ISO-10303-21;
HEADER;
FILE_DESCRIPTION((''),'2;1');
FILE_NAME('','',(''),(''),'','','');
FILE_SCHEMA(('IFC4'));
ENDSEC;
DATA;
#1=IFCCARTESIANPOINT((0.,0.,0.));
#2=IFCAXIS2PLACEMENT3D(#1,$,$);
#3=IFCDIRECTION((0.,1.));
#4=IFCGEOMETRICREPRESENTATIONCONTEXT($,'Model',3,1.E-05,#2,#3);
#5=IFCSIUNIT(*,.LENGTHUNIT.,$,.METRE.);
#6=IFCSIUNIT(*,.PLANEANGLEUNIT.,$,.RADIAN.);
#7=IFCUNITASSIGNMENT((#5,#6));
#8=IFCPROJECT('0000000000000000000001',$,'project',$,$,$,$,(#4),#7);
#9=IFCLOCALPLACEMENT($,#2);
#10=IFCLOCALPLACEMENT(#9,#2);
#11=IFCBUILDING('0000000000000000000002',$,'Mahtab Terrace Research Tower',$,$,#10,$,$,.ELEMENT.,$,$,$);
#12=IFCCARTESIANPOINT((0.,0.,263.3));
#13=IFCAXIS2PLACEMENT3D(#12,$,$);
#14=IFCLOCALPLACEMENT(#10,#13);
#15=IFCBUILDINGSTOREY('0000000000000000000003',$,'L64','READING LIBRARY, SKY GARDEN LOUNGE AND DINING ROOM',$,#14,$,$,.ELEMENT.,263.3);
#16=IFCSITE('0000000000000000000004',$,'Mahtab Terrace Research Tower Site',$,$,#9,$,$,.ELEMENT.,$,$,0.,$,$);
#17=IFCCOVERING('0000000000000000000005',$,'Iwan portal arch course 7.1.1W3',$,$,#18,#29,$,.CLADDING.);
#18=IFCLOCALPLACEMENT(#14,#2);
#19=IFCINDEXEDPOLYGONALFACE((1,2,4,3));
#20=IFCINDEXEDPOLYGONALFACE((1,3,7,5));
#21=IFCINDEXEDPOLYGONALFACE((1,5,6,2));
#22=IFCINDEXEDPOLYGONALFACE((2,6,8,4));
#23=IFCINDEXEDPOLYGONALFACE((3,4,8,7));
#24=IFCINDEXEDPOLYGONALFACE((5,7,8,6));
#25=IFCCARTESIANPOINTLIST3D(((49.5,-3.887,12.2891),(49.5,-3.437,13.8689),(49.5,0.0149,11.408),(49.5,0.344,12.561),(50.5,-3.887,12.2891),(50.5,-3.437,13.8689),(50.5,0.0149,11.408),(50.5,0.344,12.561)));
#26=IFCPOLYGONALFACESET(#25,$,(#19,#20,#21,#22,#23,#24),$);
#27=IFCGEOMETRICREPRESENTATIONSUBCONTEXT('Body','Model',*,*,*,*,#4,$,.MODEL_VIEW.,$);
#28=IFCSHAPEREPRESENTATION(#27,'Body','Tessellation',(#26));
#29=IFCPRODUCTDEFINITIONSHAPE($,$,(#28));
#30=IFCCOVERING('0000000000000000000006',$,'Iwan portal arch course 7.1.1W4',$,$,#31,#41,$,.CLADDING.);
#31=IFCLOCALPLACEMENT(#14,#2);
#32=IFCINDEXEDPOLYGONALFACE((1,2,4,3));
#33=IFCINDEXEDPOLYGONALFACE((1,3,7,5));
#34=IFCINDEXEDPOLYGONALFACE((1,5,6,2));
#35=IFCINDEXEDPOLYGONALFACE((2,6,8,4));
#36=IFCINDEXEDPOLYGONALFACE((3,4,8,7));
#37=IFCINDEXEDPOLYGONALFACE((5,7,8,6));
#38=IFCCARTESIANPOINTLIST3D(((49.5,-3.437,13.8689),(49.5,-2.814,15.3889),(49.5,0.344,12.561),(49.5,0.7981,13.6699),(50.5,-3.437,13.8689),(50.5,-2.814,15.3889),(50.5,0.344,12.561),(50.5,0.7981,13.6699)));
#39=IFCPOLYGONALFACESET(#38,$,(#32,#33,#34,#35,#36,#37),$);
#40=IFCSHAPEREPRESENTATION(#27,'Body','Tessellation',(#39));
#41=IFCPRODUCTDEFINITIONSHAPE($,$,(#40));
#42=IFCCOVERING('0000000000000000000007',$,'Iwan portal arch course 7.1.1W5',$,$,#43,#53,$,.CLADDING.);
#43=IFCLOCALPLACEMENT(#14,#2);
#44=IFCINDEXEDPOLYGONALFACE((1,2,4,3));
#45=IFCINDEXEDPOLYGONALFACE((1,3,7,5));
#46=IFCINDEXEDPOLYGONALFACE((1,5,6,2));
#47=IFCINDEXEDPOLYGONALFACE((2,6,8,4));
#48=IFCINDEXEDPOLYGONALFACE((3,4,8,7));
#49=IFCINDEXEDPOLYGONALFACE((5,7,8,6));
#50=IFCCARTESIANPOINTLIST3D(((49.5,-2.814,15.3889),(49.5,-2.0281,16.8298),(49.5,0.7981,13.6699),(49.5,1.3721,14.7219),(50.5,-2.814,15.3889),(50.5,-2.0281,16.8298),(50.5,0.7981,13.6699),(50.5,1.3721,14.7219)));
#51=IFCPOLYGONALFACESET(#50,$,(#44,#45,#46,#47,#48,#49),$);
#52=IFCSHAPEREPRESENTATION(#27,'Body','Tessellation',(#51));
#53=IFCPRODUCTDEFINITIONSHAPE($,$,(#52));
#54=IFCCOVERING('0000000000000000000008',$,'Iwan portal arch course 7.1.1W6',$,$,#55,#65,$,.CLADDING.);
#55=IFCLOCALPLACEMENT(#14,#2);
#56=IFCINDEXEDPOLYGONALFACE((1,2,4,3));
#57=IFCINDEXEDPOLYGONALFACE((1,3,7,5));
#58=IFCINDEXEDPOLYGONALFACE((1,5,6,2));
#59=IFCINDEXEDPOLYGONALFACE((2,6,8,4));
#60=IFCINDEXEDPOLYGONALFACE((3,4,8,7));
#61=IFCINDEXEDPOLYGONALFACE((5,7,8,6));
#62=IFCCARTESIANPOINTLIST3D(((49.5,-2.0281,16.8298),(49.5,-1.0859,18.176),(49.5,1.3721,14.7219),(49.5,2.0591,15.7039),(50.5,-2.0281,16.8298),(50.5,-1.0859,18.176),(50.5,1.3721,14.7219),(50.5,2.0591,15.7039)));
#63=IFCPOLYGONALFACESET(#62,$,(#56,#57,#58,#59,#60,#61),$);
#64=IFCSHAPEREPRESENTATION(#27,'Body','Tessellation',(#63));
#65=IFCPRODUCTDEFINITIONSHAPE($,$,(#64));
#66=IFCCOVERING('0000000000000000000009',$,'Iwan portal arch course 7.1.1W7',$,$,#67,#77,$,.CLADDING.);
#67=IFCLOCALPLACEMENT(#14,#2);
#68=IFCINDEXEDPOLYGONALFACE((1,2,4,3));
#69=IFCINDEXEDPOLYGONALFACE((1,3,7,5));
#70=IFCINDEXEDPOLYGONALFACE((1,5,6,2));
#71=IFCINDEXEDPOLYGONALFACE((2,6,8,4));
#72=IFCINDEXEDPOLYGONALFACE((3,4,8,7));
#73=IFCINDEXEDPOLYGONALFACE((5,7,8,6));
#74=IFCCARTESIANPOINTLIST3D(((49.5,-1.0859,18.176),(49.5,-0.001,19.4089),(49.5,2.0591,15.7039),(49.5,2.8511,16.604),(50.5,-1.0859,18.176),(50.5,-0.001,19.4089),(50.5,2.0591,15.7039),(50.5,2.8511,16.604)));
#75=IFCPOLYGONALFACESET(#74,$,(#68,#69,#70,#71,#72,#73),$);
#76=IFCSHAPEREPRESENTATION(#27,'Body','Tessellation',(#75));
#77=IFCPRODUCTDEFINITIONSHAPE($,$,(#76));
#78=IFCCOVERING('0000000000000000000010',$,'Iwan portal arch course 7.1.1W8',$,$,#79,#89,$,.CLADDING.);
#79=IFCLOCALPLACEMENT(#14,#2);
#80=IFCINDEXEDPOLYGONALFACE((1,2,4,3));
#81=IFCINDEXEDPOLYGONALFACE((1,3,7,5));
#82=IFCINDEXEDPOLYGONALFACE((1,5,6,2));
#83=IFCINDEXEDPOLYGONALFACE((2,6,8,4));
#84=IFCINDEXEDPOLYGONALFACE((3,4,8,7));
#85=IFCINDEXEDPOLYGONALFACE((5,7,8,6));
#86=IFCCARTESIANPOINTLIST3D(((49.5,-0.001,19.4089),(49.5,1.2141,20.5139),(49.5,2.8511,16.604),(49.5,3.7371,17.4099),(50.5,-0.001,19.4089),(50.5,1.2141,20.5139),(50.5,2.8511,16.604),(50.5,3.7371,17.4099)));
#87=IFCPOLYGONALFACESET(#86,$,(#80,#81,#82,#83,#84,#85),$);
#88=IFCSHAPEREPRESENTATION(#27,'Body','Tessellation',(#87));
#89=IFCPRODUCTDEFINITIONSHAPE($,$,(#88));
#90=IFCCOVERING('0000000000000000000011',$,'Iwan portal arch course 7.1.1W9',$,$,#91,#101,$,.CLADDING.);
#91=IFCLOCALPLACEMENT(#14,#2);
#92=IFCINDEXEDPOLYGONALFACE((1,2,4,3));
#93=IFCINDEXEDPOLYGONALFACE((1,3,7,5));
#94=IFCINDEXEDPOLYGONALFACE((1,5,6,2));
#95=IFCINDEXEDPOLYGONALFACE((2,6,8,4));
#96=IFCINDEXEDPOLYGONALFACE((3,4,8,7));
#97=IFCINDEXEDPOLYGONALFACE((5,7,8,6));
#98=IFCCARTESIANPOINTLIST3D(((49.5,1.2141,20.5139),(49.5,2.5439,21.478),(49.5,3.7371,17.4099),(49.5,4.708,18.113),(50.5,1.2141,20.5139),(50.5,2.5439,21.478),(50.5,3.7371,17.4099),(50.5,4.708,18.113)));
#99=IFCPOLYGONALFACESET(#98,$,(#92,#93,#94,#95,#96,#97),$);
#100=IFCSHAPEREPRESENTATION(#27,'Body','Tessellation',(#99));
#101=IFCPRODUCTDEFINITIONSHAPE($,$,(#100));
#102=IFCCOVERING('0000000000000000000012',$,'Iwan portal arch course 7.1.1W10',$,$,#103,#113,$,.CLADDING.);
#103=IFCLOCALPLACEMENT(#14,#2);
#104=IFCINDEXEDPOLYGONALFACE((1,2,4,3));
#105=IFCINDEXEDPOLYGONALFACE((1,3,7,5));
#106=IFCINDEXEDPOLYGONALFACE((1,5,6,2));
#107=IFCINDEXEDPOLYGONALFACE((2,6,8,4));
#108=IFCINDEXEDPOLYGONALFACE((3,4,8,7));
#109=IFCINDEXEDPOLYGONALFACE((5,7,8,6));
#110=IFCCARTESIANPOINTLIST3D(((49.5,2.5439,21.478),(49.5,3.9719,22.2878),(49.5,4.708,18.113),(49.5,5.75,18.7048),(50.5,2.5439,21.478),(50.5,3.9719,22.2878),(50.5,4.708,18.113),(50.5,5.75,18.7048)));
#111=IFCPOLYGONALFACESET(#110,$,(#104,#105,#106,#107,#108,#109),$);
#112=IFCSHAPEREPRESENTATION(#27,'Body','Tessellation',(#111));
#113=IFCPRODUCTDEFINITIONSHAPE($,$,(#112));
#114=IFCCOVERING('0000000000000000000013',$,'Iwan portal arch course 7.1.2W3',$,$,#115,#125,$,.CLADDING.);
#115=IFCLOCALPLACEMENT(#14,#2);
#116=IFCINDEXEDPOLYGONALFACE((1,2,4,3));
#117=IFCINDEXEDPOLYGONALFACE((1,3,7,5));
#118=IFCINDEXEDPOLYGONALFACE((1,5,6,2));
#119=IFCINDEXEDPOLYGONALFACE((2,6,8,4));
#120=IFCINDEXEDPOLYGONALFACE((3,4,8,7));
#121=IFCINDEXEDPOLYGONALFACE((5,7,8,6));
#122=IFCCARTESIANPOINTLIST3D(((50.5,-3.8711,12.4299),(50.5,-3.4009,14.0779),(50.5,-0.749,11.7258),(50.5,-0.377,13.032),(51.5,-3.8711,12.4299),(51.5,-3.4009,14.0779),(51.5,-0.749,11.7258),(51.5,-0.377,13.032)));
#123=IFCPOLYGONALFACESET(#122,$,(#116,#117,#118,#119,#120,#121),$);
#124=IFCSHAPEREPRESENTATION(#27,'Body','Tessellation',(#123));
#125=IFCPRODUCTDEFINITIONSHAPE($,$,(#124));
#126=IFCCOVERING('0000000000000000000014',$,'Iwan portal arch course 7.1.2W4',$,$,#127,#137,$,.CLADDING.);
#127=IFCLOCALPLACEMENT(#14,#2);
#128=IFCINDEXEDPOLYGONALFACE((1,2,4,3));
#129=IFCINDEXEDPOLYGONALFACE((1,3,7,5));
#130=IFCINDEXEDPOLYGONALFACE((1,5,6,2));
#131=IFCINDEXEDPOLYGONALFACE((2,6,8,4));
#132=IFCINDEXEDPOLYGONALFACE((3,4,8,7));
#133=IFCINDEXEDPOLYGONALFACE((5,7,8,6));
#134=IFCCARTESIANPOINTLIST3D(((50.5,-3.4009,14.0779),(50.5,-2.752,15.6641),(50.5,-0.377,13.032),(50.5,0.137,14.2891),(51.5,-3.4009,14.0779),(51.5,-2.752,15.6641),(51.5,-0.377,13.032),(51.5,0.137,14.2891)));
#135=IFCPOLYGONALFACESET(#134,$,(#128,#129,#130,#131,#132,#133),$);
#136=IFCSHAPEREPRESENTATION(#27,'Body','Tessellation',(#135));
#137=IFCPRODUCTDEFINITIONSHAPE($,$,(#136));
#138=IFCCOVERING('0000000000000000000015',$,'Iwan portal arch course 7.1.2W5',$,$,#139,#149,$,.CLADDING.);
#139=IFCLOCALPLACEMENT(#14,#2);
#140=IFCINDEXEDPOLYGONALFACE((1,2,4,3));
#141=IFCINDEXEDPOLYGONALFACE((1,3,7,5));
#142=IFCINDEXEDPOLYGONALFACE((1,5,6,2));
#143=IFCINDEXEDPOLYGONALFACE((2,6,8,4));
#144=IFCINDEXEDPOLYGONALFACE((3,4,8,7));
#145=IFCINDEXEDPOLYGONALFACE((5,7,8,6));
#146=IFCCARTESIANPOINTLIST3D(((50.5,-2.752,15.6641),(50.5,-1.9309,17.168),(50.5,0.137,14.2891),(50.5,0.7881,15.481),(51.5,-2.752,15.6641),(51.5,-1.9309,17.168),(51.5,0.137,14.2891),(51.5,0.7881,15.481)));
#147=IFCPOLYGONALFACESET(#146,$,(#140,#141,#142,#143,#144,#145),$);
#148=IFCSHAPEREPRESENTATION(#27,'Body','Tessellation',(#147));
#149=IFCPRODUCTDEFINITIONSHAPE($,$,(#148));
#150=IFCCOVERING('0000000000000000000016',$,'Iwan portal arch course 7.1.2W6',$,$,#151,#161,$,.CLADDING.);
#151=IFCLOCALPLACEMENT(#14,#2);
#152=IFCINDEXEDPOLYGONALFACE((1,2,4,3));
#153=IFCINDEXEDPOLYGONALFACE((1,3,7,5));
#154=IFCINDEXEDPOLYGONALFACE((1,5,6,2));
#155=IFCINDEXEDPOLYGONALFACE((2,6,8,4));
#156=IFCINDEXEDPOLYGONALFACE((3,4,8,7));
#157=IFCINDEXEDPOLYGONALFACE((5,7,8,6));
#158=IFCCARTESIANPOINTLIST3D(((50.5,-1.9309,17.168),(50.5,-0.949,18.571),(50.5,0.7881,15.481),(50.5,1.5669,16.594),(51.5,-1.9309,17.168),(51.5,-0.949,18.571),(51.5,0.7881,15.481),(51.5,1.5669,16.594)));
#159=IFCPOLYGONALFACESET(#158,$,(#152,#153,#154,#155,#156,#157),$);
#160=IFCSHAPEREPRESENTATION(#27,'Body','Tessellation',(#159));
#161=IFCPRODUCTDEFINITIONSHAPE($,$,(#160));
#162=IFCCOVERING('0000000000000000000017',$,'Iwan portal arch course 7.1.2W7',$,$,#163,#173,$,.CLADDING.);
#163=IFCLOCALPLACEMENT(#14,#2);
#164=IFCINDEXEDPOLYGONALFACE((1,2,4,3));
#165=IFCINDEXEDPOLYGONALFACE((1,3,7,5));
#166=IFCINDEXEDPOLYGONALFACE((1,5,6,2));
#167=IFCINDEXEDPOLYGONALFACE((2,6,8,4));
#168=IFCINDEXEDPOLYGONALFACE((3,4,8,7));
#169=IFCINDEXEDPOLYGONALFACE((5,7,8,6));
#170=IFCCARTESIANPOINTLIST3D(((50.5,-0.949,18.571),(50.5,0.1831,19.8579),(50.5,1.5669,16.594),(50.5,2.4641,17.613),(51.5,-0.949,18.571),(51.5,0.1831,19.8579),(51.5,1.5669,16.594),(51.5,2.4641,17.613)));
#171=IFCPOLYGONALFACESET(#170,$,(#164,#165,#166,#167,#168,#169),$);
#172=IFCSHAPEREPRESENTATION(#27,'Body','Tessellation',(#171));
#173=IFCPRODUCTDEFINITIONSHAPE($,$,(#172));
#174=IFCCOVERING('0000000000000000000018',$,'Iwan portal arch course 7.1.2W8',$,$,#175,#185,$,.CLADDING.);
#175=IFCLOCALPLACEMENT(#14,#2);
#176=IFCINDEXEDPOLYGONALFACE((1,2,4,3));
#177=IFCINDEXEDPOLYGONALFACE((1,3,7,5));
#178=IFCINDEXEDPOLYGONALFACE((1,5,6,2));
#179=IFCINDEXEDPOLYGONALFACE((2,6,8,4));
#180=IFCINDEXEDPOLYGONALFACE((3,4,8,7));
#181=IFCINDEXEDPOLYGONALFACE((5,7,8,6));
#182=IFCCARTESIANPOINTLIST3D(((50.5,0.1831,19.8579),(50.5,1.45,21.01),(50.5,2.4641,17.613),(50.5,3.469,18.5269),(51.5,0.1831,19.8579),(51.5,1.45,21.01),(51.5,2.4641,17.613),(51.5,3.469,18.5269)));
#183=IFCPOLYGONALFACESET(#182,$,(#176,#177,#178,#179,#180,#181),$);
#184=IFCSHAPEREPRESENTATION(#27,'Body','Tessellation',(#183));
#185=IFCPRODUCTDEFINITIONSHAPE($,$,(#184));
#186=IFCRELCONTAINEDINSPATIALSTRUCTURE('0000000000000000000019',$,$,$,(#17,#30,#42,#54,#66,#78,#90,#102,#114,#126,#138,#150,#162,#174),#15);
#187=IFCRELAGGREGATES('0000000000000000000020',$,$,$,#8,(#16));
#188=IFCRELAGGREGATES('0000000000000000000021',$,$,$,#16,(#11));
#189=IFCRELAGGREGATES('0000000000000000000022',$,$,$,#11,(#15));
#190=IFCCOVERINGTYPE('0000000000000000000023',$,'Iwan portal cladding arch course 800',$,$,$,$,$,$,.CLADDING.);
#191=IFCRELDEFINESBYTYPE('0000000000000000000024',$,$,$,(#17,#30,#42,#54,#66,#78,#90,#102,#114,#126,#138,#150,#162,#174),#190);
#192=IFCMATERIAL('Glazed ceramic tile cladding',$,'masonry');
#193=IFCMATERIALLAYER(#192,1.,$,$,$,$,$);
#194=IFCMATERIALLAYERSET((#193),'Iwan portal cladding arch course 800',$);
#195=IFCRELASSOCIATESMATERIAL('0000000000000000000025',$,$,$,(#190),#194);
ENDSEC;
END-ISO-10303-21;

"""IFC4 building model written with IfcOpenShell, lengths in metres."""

from ifc_helpers import new_model, si_unit, direction, frame, origin, place, context, subcontext, project, spatial, polyline, outline, extrude, material, layer, layer_set, type_object, element, save


model = new_model("IFC4")

# Units and contexts
model_context = context("Model", 3, precision=1e-05, world=origin(), true_north=direction((0.0, 1.0)))
body_context = subcontext(model_context, "Body", "Model", "MODEL_VIEW")
ifc_project = project(units=[si_unit("LENGTHUNIT", "METRE"), si_unit("PLANEANGLEUNIT", "RADIAN")], contexts=[model_context])

# Site, building, storey
site_placement = place(None, origin())
site = spatial("IfcSite", under=ifc_project, at=site_placement, Name="Mahtab Terrace Research Tower Site", CompositionType="ELEMENT", RefElevation=0.0)
building_placement = place(site_placement, origin())
building = spatial("IfcBuilding", under=site, at=building_placement, Name="Mahtab Terrace Research Tower", CompositionType="ELEMENT")
storey_placement = place(building_placement, frame((0.0, 0.0, 263.3)))
storey = spatial("IfcBuildingStorey", under=building, at=storey_placement, Name="L64", Description="READING LIBRARY, SKY GARDEN LOUNGE AND DINING ROOM", CompositionType="ELEMENT", Elevation=263.3)

# Coverings
ifc_material = material(Name="Glazed ceramic tile cladding", Category="masonry")
ifc_layer = layer(ifc_material, 1.0)
ifc_layer_set = layer_set([ifc_layer], Name="Iwan portal cladding arch course 800")
covering_type = type_object("IfcCoveringType", Name="Iwan portal cladding arch course 800", PredefinedType="CLADDING", material=ifc_layer_set)
covering_1_placement = place(storey_placement, frame((49.5, -3.887, 12.2891), z_axis=(-1.0, 0.0, 0.0), x_axis=(0.0, 0.273916, 0.961754)))
element("IfcCovering", 1, at=covering_1_placement, inside=storey, type_object=covering_type, Name="Iwan portal arch course 7.1.1W3", PredefinedType="CLADDING", context=body_context, shape_type="SweptSolid", body=[
    extrude(outline(polyline([(0.0, 0.0), (1.6427, 0.0), (1.4205, 3.9946), (0.2214, 3.994), (0.0, 0.0)])), origin(), (0.0, 0.0, -1.0), 1.0),
])
covering_2_placement = place(storey_placement, frame((49.5, -3.437, 13.8689), z_axis=(-1.0, 0.0, 0.0), x_axis=(0.0, 0.379269, 0.925286)))
element("IfcCovering", 2, at=covering_2_placement, inside=storey, type_object=covering_type, Name="Iwan portal arch course 7.1.1W4", PredefinedType="CLADDING", context=body_context, shape_type="SweptSolid", body=[
    extrude(outline(polyline([(0.0, 0.0), (1.6428, 0.0), (1.4221, 3.9942), (0.2239, 3.9945), (0.0, 0.0)])), origin(), (0.0, 0.0, -1.0), 1.0),
])
covering_3_placement = place(storey_placement, frame((49.5, -2.814, 15.3889), z_axis=(-1.0, 0.0, 0.0), x_axis=(0.0, 0.478821, 0.877913)))
element("IfcCovering", 3, at=covering_3_placement, inside=storey, type_object=covering_type, Name="Iwan portal arch course 7.1.1W5", PredefinedType="CLADDING", context=body_context, shape_type="SweptSolid", body=[
    extrude(outline(polyline([(0.0, 0.0), (1.6413, 0.0), (1.4188, 3.9943), (0.2204, 3.9942), (0.0, 0.0)])), origin(), (0.0, 0.0, -1.0), 1.0),
])
covering_4_placement = place(storey_placement, frame((49.5, -2.0281, 16.8298), z_axis=(-1.0, 0.0, 0.0), x_axis=(0.0, 0.573383, 0.819288)))
element("IfcCovering", 4, at=covering_4_placement, inside=storey, type_object=covering_type, Name="Iwan portal arch course 7.1.1W6", PredefinedType="CLADDING", context=body_context, shape_type="SweptSolid", body=[
    extrude(outline(polyline([(0.0, 0.0), (1.6431, 0.0), (1.421, 3.9942), (0.2226, 3.9943), (0.0, 0.0)])), origin(), (0.0, 0.0, -1.0), 1.0),
])
covering_5_placement = place(storey_placement, frame((49.5, -1.0859, 18.176), z_axis=(-1.0, 0.0, 0.0), x_axis=(0.0, 0.660628, 0.750714)))
element("IfcCovering", 5, at=covering_5_placement, inside=storey, type_object=covering_type, Name="Iwan portal arch course 7.1.1W7", PredefinedType="CLADDING", context=body_context, shape_type="SweptSolid", body=[
    extrude(outline(polyline([(0.0, 0.0), (1.6423, 0.0), (1.4208, 3.9941), (0.2218, 3.9942), (0.0, 0.0)])), origin(), (0.0, 0.0, -1.0), 1.0),
])
covering_6_placement = place(storey_placement, frame((49.5, -0.001, 19.4089), z_axis=(-1.0, 0.0, 0.0), x_axis=(0.0, 0.739832, 0.672791)))
element("IfcCovering", 6, at=covering_6_placement, inside=storey, type_object=covering_type, Name="Iwan portal arch course 7.1.1W8", PredefinedType="CLADDING", context=body_context, shape_type="SweptSolid", body=[
    extrude(outline(polyline([(0.0, 0.0), (1.6424, 0.0), (1.4206, 3.9939), (0.2229, 3.994), (0.0, 0.0)])), origin(), (0.0, 0.0, -1.0), 1.0),
])
covering_7_placement = place(storey_placement, frame((49.5, 1.2141, 20.5139), z_axis=(-1.0, 0.0, 0.0), x_axis=(0.0, 0.809616, 0.58696)))
element("IfcCovering", 7, at=covering_7_placement, inside=storey, type_object=covering_type, Name="Iwan portal arch course 7.1.1W9", PredefinedType="CLADDING", context=body_context, shape_type="SweptSolid", body=[
    extrude(outline(polyline([(0.0, 0.0), (1.6425, 0.0), (1.4195, 3.9946), (0.2207, 3.9939), (0.0, 0.0)])), origin(), (0.0, 0.0, -1.0), 1.0),
])
covering_8_placement = place(storey_placement, frame((49.5, 2.5439, 21.478), z_axis=(-1.0, 0.0, 0.0), x_axis=(0.0, 0.869858, 0.493301)))
element("IfcCovering", 8, at=covering_8_placement, inside=storey, type_object=covering_type, Name="Iwan portal arch course 7.1.1W10", PredefinedType="CLADDING", context=body_context, shape_type="SweptSolid", body=[
    extrude(outline(polyline([(0.0, 0.0), (1.6416, 0.0), (1.4208, 3.9938), (0.2225, 3.9946), (0.0, 0.0)])), origin(), (0.0, 0.0, -1.0), 1.0),
])
covering_9_placement = place(storey_placement, frame((50.5, -3.8711, 12.4299), z_axis=(-1.0, 0.0, 0.0), x_axis=(0.0, 0.274382, 0.961621)))
element("IfcCovering", 9, at=covering_9_placement, inside=storey, type_object=covering_type, Name="Iwan portal arch course 7.1.2W3", PredefinedType="CLADDING", context=body_context, shape_type="SweptSolid", body=[
    extrude(outline(polyline([(0.0, 0.0), (1.7137, 0.0), (1.5377, 3.1948), (0.1796, 3.1954), (0.0, 0.0)])), origin(), (0.0, 0.0, -1.0), 1.0),
])
covering_10_placement = place(storey_placement, frame((50.5, -3.4009, 14.0779), z_axis=(-1.0, 0.0, 0.0), x_axis=(0.0, 0.378649, 0.92554)))
element("IfcCovering", 10, at=covering_10_placement, inside=storey, type_object=covering_type, Name="Iwan portal arch course 7.1.2W4", PredefinedType="CLADDING", context=body_context, shape_type="SweptSolid", body=[
    extrude(outline(polyline([(0.0, 0.0), (1.7138, 0.0), (1.5351, 3.1945), (0.177, 3.1948), (0.0, 0.0)])), origin(), (0.0, 0.0, -1.0), 1.0),
])
covering_11_placement = place(storey_placement, frame((50.5, -2.752, 15.6641), z_axis=(-1.0, 0.0, 0.0), x_axis=(0.0, 0.479182, 0.877716)))
element("IfcCovering", 11, at=covering_11_placement, inside=storey, type_object=covering_type, Name="Iwan portal arch course 7.1.2W5", PredefinedType="CLADDING", context=body_context, shape_type="SweptSolid", body=[
    extrude(outline(polyline([(0.0, 0.0), (1.7134, 0.0), (1.5356, 3.1949), (0.1775, 3.1945), (0.0, 0.0)])), origin(), (0.0, 0.0, -1.0), 1.0),
])
covering_12_placement = place(storey_placement, frame((50.5, -1.9309, 17.168), z_axis=(-1.0, 0.0, 0.0), x_axis=(0.0, 0.573376, 0.819292)))
element("IfcCovering", 12, at=covering_12_placement, inside=storey, type_object=covering_type, Name="Iwan portal arch course 7.1.2W6", PredefinedType="CLADDING", context=body_context, shape_type="SweptSolid", body=[
    extrude(outline(polyline([(0.0, 0.0), (1.7125, 0.0), (1.5353, 3.1948), (0.1769, 3.1949), (0.0, 0.0)])), origin(), (0.0, 0.0, -1.0), 1.0),
])
covering_13_placement = place(storey_placement, frame((50.5, -0.949, 18.571), z_axis=(-1.0, 0.0, 0.0), x_axis=(0.0, 0.660509, 0.750818)))
element("IfcCovering", 13, at=covering_13_placement, inside=storey, type_object=covering_type, Name="Iwan portal arch course 7.1.2W7", PredefinedType="CLADDING", context=body_context, shape_type="SweptSolid", body=[
    extrude(outline(polyline([(0.0, 0.0), (1.714, 0.0), (1.5351, 3.1954), (0.1773, 3.1948), (0.0, 0.0)])), origin(), (0.0, 0.0, -1.0), 1.0),
])
covering_14_placement = place(storey_placement, frame((50.5, 0.1831, 19.8579), z_axis=(-1.0, 0.0, 0.0), x_axis=(0.0, 0.739817, 0.672808)))
element("IfcCovering", 14, at=covering_14_placement, inside=storey, type_object=covering_type, Name="Iwan portal arch course 7.1.2W8", PredefinedType="CLADDING", context=body_context, shape_type="SweptSolid", body=[
    extrude(outline(polyline([(0.0, 0.0), (1.7124, 0.0), (1.5354, 3.1955), (0.1772, 3.1955), (0.0, 0.0)])), origin(), (0.0, 0.0, -1.0), 1.0),
])

save(model, "model.ifc")
